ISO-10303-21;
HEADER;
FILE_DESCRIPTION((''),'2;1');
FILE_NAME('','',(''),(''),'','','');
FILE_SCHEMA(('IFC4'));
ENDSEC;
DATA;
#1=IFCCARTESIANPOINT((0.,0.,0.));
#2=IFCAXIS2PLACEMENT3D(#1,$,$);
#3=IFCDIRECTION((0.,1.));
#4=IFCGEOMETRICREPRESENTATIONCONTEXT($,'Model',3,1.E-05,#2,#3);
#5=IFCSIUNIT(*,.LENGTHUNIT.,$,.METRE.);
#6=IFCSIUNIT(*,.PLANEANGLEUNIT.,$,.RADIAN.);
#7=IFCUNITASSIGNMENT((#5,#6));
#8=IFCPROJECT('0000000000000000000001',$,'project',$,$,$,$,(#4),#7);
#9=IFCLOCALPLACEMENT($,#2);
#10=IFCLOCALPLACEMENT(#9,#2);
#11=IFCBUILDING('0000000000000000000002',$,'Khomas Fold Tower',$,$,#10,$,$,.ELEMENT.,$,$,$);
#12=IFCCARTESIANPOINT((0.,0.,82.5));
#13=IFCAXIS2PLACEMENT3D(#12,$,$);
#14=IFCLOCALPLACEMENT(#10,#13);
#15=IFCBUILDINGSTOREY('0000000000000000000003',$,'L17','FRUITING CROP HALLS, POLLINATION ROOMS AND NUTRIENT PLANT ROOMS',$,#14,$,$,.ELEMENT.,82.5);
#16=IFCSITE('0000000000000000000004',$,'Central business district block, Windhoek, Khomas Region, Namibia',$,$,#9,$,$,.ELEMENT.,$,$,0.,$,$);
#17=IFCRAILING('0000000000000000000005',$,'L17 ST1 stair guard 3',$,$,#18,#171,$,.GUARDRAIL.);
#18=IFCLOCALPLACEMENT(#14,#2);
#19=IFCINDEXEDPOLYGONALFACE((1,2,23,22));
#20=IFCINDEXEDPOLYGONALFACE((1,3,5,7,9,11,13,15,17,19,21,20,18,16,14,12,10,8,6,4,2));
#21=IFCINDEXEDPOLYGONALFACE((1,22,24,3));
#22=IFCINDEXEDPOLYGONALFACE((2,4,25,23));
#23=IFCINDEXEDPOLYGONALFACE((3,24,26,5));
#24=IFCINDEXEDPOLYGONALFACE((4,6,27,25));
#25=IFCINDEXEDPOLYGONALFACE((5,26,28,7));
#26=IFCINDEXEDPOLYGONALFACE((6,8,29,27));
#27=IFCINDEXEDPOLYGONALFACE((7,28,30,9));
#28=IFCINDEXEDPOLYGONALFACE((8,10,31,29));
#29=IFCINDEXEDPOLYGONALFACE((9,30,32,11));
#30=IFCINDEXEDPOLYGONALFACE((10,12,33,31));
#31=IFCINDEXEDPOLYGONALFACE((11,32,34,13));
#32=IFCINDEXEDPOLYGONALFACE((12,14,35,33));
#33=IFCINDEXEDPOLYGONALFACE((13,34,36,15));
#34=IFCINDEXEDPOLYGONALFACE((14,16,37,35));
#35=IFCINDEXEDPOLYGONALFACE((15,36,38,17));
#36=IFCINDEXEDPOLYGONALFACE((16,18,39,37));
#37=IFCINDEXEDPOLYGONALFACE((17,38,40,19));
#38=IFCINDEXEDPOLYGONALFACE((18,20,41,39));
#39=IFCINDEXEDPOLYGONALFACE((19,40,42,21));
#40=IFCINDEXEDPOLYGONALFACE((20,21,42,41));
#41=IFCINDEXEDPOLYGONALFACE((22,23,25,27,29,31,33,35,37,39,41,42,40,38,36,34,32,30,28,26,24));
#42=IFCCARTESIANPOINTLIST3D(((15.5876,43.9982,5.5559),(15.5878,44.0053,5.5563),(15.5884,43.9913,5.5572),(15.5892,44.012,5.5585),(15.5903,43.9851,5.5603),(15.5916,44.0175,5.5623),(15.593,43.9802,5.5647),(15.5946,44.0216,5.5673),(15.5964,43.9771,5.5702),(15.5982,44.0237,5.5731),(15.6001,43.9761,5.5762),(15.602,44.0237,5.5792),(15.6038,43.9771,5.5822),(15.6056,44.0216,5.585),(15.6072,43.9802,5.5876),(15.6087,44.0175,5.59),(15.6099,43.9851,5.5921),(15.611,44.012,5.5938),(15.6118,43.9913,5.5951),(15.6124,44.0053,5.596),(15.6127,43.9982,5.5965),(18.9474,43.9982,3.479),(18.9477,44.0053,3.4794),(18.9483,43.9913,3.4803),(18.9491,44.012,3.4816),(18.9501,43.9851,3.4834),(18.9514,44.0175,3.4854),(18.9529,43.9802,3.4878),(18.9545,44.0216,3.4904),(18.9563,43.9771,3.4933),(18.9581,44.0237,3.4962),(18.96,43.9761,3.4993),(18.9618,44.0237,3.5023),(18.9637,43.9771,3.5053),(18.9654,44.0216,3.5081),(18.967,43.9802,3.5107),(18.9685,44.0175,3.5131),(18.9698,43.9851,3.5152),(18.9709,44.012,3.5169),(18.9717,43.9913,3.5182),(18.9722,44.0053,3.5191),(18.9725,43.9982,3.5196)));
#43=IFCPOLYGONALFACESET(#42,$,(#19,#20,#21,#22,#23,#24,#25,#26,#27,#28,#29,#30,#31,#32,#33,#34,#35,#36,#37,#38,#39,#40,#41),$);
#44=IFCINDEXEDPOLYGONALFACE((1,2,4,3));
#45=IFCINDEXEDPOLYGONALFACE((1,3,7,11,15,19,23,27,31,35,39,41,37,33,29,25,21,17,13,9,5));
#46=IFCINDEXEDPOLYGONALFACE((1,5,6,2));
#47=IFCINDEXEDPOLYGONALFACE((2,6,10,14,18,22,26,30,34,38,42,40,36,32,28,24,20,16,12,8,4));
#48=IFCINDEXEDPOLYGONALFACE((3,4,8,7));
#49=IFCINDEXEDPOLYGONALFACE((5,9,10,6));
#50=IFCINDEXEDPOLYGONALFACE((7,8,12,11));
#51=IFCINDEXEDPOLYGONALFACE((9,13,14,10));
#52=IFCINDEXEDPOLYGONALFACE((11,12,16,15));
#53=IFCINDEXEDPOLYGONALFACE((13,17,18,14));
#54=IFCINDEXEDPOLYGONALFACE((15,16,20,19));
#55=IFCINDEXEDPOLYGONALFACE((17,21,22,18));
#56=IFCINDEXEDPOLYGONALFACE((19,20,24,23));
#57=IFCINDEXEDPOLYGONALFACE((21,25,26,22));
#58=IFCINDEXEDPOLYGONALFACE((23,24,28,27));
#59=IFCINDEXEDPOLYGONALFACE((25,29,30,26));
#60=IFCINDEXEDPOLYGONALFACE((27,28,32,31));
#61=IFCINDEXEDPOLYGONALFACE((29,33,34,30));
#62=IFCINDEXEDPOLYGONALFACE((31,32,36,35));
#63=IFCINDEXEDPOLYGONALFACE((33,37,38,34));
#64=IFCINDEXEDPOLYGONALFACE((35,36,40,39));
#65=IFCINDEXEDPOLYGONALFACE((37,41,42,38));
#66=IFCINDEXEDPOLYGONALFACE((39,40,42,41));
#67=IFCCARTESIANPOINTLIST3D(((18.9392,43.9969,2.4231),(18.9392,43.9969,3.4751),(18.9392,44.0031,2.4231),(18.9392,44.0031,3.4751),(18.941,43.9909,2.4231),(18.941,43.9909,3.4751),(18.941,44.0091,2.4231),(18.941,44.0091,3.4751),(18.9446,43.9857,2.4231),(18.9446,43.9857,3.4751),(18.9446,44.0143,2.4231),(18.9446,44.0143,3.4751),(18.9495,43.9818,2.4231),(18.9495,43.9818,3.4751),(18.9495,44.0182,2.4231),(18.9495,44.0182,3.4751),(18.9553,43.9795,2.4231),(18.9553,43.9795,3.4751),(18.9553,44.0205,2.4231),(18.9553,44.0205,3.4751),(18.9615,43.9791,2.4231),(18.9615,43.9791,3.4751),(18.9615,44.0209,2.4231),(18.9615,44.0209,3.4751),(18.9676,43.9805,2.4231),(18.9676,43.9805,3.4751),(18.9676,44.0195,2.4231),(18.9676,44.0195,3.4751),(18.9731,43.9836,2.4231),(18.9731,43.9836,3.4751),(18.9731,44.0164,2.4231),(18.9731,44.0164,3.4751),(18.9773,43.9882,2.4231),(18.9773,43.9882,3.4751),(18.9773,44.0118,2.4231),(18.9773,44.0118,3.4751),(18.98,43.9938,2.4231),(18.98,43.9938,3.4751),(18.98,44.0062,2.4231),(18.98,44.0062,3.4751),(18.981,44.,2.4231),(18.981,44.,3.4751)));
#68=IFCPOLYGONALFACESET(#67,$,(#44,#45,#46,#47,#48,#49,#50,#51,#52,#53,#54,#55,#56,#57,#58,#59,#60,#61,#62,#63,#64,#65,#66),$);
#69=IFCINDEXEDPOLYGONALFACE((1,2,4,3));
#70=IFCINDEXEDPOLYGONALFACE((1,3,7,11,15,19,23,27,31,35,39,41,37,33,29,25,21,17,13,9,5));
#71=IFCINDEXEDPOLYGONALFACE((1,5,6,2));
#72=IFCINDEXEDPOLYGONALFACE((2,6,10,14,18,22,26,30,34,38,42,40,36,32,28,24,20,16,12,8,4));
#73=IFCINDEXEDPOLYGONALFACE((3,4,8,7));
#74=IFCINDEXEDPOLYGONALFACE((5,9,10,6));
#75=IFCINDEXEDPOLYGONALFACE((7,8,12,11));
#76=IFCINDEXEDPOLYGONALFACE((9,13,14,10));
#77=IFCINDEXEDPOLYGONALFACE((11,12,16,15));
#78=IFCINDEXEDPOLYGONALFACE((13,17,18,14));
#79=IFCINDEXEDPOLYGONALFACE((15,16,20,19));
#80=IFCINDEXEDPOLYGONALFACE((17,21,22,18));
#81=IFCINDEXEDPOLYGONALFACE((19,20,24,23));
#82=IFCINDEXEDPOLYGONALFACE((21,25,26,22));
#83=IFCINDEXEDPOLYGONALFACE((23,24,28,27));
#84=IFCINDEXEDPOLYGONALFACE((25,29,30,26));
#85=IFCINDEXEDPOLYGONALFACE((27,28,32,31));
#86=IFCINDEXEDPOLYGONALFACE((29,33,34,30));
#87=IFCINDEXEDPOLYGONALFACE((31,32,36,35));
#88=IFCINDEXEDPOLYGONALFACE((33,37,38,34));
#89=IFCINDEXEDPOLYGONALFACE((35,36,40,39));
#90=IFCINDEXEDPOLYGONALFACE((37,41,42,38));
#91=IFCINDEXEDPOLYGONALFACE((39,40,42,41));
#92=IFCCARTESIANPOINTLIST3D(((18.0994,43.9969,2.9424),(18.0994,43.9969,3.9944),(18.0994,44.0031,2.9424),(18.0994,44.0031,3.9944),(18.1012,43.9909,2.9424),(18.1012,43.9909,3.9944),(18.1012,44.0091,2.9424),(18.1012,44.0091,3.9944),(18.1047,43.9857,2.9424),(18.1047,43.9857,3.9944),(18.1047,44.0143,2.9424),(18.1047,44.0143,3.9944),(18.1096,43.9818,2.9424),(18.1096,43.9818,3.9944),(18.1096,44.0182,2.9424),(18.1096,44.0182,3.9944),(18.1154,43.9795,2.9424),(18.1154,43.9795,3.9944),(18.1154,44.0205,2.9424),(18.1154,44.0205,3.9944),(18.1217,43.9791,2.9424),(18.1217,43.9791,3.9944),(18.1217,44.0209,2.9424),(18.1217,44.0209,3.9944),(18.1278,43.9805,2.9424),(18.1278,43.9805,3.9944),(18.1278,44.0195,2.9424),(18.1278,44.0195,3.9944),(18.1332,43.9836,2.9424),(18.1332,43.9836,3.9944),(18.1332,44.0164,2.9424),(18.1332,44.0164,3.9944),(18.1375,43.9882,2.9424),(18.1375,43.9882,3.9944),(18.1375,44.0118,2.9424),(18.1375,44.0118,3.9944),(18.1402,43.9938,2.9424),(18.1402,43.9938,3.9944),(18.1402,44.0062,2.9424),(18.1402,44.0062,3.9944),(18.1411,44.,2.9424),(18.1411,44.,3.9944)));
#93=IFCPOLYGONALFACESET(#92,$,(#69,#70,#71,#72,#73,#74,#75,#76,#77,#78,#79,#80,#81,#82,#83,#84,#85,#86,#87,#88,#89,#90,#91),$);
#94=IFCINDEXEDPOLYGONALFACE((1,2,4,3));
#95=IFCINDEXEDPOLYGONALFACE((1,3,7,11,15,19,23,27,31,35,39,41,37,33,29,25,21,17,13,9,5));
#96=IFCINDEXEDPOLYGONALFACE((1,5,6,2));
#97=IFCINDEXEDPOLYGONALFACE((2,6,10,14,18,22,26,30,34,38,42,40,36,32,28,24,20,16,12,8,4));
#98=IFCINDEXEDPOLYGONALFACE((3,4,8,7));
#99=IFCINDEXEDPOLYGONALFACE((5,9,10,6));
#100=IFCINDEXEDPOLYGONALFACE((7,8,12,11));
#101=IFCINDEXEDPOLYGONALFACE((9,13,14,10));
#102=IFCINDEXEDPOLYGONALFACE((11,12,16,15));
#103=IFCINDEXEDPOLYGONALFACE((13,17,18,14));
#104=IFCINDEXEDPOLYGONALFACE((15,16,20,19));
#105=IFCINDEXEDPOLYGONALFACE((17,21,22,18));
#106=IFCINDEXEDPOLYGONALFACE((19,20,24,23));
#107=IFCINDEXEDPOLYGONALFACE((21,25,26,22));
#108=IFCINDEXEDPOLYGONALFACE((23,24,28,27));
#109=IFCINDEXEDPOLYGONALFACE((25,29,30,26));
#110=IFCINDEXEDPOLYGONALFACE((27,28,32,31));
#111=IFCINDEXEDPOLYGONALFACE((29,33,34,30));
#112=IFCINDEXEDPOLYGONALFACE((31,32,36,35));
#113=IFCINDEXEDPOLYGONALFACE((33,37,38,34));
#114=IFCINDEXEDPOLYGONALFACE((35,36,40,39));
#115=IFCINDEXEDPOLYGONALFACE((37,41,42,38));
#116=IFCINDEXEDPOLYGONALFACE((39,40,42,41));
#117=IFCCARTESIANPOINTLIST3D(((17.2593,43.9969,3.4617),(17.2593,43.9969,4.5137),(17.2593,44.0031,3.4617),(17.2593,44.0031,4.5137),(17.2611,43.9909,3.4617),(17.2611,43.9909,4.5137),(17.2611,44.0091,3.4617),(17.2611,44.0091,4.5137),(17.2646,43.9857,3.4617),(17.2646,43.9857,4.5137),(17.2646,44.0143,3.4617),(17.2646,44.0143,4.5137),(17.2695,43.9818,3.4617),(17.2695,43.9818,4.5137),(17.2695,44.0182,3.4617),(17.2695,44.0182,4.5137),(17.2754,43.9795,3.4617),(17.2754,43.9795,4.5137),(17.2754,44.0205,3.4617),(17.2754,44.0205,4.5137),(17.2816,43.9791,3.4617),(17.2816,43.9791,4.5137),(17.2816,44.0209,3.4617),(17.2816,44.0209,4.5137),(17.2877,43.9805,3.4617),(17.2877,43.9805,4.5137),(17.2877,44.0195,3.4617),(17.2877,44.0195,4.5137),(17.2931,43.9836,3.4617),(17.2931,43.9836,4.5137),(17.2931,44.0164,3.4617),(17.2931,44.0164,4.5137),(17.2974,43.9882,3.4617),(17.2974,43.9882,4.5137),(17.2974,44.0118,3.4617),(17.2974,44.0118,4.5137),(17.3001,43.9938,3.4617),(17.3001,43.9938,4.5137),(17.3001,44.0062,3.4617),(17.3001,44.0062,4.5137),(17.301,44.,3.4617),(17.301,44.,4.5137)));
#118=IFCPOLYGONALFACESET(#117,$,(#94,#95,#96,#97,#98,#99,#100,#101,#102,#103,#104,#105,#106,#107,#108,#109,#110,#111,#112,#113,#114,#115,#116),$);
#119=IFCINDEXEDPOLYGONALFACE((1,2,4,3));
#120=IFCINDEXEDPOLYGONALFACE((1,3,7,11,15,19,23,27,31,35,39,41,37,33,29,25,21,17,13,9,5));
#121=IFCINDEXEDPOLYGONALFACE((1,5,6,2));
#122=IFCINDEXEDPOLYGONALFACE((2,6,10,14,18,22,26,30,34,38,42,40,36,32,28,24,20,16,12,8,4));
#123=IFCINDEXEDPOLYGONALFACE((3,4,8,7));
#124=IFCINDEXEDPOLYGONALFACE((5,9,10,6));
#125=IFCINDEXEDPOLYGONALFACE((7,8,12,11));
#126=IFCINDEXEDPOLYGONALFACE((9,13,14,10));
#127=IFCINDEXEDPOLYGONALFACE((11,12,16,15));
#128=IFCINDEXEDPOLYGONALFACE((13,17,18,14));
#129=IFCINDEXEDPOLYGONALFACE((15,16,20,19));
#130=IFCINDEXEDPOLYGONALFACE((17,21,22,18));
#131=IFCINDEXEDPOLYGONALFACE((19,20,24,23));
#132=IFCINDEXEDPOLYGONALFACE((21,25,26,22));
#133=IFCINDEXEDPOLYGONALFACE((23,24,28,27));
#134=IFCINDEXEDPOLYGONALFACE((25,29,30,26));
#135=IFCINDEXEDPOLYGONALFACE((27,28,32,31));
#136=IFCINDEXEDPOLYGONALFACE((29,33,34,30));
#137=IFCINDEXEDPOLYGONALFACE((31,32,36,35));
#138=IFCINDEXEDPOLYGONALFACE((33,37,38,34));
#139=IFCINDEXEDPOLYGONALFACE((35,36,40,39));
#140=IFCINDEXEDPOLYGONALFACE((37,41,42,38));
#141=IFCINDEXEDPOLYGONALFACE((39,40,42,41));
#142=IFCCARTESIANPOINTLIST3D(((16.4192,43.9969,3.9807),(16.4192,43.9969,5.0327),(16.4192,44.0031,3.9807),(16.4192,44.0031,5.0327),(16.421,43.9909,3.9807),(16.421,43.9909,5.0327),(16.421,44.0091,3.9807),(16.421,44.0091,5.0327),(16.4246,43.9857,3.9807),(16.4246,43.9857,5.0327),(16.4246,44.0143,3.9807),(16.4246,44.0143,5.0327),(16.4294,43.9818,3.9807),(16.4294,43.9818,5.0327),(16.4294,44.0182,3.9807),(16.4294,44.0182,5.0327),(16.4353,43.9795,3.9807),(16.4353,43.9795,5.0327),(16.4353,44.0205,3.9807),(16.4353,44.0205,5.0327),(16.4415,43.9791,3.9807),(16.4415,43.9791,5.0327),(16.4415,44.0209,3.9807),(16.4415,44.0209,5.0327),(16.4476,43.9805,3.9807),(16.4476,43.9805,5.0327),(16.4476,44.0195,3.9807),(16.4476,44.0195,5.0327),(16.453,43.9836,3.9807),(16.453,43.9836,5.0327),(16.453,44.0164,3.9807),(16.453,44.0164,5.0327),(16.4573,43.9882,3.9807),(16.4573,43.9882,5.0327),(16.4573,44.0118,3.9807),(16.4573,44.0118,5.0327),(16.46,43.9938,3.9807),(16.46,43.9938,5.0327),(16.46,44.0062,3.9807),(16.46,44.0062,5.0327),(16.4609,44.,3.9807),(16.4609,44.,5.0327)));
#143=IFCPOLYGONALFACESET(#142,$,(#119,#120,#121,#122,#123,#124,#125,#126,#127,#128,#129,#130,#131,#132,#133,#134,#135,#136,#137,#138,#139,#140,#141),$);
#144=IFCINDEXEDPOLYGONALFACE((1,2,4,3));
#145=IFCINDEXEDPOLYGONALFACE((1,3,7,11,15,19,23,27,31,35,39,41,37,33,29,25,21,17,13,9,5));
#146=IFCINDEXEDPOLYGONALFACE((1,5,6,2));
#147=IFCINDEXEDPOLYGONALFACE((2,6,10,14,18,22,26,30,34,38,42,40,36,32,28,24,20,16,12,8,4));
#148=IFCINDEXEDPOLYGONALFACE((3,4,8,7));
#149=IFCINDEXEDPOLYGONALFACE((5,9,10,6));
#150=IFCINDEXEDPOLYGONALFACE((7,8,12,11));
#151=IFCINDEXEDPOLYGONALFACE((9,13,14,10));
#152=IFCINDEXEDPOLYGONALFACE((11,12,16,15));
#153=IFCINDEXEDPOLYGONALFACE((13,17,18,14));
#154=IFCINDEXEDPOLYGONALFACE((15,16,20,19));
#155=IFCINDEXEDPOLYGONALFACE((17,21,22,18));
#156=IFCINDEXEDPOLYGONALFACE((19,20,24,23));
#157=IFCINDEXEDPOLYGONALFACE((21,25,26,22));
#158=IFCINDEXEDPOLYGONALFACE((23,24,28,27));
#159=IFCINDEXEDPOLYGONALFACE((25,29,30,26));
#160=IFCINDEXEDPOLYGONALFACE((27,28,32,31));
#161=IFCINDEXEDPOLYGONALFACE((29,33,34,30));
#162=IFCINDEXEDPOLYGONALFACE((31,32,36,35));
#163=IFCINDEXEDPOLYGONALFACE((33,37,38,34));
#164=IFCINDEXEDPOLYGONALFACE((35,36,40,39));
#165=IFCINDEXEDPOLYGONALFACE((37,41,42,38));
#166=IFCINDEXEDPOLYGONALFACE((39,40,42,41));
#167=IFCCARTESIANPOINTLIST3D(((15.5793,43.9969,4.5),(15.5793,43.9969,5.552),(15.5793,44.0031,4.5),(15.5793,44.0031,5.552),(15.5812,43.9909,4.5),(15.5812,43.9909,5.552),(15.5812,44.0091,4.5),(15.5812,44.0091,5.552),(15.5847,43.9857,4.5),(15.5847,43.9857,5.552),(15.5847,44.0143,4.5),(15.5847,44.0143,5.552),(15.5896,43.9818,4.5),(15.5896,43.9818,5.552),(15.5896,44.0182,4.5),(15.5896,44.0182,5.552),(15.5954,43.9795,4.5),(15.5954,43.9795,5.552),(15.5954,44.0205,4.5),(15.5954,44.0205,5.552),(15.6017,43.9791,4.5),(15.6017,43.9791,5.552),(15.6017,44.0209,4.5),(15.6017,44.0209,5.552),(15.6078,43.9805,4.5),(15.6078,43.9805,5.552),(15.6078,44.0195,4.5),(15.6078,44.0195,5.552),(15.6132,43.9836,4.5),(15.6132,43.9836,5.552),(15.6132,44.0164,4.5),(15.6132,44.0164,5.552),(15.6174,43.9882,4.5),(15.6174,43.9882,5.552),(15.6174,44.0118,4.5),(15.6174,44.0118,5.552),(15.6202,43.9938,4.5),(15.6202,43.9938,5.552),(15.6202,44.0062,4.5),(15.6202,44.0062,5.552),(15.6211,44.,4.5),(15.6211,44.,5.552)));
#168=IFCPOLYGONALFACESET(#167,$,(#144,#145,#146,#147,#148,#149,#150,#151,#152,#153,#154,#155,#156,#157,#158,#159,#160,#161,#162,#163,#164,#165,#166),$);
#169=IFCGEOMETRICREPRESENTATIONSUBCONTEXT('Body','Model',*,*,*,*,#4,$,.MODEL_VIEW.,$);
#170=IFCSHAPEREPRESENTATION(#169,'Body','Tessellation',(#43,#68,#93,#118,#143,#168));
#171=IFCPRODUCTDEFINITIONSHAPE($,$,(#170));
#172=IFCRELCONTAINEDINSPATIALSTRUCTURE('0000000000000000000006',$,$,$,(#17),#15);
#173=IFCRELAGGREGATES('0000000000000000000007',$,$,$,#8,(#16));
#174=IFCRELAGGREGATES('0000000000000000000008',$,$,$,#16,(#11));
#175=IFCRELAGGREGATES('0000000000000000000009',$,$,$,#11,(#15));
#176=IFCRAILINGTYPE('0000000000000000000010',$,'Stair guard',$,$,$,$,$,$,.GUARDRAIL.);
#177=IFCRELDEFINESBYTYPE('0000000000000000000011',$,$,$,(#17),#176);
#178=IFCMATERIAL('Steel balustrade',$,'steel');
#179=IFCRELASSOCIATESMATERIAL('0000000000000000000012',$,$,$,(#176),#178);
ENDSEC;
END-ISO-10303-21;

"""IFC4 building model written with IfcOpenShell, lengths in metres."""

from ifc_helpers import new_model, si_unit, direction, frame, origin, origin_2d, place, context, subcontext, project, spatial, circle, extrude, source, transform, mapped, material, type_object, element, save


model = new_model("IFC4")

# Units and contexts
model_context = context("Model", 3, precision=1e-05, world=origin(), true_north=direction((0.0, 1.0)))
body_context = subcontext(model_context, "Body", "Model", "MODEL_VIEW")
ifc_project = project(units=[si_unit("LENGTHUNIT", "METRE"), si_unit("PLANEANGLEUNIT", "RADIAN")], contexts=[model_context])

# Site, building, storey
site_placement = place(None, origin())
site = spatial("IfcSite", under=ifc_project, at=site_placement, Name="Central business district block, Windhoek, Khomas Region, Namibia", CompositionType="ELEMENT", RefElevation=0.0)
building_placement = place(site_placement, origin())
building = spatial("IfcBuilding", under=site, at=building_placement, Name="Khomas Fold Tower", CompositionType="ELEMENT")
storey_placement = place(building_placement, frame((0.0, 0.0, 82.5)))
storey = spatial("IfcBuildingStorey", under=building, at=storey_placement, Name="L17", Description="FRUITING CROP HALLS, POLLINATION ROOMS AND NUTRIENT PLANT ROOMS", CompositionType="ELEMENT", Elevation=82.5)

# Railing
ifc_material_1 = material(Name="Steel balustrade", Category="steel")
railing_type_1 = type_object("IfcRailingType", Name="Stair guard", PredefinedType="GUARDRAIL", material=ifc_material_1)
shared_shape_1 = source(origin(), body_context, "Body", "SweptSolid", [
    extrude(circle(Radius=0.0239, at=origin_2d()), frame((0.0, 0.0, 1.0762), z_axis=(-0.850606, 0.0, 0.525803), x_axis=(0.0, -1.0, 0.0)), (0.0, 0.0, 1.0), 3.95),
    extrude(circle(Radius=0.021, at=origin_2d()), origin(), (0.0, 0.0, 1.0), 1.052),
    extrude(circle(Radius=0.021, at=origin_2d()), frame((-0.8398, 0.0, 0.5193)), (0.0, 0.0, 1.0), 1.052),
    extrude(circle(Radius=0.021, at=origin_2d()), frame((-1.6799, 0.0, 1.0386)), (0.0, 0.0, 1.0), 1.052),
    extrude(circle(Radius=0.021, at=origin_2d()), frame((-2.52, 0.0, 1.5576)), (0.0, 0.0, 1.0), 1.052),
    extrude(circle(Radius=0.021, at=origin_2d()), frame((-3.3599, 0.0, 2.0769)), (0.0, 0.0, 1.0), 1.052),
])
railing_1_placement = place(storey_placement, frame((18.96, 44.0, 2.4231)))
element("IfcRailing", 1, at=railing_1_placement, inside=storey, type_object=railing_type_1, Name="L17 ST1 stair guard 3", PredefinedType="GUARDRAIL", context=body_context, shape_type="MappedRepresentation", body=[
    mapped(shared_shape_1, transform((0.0, 0.0, 0.0))),
])

save(model, "model.ifc")
